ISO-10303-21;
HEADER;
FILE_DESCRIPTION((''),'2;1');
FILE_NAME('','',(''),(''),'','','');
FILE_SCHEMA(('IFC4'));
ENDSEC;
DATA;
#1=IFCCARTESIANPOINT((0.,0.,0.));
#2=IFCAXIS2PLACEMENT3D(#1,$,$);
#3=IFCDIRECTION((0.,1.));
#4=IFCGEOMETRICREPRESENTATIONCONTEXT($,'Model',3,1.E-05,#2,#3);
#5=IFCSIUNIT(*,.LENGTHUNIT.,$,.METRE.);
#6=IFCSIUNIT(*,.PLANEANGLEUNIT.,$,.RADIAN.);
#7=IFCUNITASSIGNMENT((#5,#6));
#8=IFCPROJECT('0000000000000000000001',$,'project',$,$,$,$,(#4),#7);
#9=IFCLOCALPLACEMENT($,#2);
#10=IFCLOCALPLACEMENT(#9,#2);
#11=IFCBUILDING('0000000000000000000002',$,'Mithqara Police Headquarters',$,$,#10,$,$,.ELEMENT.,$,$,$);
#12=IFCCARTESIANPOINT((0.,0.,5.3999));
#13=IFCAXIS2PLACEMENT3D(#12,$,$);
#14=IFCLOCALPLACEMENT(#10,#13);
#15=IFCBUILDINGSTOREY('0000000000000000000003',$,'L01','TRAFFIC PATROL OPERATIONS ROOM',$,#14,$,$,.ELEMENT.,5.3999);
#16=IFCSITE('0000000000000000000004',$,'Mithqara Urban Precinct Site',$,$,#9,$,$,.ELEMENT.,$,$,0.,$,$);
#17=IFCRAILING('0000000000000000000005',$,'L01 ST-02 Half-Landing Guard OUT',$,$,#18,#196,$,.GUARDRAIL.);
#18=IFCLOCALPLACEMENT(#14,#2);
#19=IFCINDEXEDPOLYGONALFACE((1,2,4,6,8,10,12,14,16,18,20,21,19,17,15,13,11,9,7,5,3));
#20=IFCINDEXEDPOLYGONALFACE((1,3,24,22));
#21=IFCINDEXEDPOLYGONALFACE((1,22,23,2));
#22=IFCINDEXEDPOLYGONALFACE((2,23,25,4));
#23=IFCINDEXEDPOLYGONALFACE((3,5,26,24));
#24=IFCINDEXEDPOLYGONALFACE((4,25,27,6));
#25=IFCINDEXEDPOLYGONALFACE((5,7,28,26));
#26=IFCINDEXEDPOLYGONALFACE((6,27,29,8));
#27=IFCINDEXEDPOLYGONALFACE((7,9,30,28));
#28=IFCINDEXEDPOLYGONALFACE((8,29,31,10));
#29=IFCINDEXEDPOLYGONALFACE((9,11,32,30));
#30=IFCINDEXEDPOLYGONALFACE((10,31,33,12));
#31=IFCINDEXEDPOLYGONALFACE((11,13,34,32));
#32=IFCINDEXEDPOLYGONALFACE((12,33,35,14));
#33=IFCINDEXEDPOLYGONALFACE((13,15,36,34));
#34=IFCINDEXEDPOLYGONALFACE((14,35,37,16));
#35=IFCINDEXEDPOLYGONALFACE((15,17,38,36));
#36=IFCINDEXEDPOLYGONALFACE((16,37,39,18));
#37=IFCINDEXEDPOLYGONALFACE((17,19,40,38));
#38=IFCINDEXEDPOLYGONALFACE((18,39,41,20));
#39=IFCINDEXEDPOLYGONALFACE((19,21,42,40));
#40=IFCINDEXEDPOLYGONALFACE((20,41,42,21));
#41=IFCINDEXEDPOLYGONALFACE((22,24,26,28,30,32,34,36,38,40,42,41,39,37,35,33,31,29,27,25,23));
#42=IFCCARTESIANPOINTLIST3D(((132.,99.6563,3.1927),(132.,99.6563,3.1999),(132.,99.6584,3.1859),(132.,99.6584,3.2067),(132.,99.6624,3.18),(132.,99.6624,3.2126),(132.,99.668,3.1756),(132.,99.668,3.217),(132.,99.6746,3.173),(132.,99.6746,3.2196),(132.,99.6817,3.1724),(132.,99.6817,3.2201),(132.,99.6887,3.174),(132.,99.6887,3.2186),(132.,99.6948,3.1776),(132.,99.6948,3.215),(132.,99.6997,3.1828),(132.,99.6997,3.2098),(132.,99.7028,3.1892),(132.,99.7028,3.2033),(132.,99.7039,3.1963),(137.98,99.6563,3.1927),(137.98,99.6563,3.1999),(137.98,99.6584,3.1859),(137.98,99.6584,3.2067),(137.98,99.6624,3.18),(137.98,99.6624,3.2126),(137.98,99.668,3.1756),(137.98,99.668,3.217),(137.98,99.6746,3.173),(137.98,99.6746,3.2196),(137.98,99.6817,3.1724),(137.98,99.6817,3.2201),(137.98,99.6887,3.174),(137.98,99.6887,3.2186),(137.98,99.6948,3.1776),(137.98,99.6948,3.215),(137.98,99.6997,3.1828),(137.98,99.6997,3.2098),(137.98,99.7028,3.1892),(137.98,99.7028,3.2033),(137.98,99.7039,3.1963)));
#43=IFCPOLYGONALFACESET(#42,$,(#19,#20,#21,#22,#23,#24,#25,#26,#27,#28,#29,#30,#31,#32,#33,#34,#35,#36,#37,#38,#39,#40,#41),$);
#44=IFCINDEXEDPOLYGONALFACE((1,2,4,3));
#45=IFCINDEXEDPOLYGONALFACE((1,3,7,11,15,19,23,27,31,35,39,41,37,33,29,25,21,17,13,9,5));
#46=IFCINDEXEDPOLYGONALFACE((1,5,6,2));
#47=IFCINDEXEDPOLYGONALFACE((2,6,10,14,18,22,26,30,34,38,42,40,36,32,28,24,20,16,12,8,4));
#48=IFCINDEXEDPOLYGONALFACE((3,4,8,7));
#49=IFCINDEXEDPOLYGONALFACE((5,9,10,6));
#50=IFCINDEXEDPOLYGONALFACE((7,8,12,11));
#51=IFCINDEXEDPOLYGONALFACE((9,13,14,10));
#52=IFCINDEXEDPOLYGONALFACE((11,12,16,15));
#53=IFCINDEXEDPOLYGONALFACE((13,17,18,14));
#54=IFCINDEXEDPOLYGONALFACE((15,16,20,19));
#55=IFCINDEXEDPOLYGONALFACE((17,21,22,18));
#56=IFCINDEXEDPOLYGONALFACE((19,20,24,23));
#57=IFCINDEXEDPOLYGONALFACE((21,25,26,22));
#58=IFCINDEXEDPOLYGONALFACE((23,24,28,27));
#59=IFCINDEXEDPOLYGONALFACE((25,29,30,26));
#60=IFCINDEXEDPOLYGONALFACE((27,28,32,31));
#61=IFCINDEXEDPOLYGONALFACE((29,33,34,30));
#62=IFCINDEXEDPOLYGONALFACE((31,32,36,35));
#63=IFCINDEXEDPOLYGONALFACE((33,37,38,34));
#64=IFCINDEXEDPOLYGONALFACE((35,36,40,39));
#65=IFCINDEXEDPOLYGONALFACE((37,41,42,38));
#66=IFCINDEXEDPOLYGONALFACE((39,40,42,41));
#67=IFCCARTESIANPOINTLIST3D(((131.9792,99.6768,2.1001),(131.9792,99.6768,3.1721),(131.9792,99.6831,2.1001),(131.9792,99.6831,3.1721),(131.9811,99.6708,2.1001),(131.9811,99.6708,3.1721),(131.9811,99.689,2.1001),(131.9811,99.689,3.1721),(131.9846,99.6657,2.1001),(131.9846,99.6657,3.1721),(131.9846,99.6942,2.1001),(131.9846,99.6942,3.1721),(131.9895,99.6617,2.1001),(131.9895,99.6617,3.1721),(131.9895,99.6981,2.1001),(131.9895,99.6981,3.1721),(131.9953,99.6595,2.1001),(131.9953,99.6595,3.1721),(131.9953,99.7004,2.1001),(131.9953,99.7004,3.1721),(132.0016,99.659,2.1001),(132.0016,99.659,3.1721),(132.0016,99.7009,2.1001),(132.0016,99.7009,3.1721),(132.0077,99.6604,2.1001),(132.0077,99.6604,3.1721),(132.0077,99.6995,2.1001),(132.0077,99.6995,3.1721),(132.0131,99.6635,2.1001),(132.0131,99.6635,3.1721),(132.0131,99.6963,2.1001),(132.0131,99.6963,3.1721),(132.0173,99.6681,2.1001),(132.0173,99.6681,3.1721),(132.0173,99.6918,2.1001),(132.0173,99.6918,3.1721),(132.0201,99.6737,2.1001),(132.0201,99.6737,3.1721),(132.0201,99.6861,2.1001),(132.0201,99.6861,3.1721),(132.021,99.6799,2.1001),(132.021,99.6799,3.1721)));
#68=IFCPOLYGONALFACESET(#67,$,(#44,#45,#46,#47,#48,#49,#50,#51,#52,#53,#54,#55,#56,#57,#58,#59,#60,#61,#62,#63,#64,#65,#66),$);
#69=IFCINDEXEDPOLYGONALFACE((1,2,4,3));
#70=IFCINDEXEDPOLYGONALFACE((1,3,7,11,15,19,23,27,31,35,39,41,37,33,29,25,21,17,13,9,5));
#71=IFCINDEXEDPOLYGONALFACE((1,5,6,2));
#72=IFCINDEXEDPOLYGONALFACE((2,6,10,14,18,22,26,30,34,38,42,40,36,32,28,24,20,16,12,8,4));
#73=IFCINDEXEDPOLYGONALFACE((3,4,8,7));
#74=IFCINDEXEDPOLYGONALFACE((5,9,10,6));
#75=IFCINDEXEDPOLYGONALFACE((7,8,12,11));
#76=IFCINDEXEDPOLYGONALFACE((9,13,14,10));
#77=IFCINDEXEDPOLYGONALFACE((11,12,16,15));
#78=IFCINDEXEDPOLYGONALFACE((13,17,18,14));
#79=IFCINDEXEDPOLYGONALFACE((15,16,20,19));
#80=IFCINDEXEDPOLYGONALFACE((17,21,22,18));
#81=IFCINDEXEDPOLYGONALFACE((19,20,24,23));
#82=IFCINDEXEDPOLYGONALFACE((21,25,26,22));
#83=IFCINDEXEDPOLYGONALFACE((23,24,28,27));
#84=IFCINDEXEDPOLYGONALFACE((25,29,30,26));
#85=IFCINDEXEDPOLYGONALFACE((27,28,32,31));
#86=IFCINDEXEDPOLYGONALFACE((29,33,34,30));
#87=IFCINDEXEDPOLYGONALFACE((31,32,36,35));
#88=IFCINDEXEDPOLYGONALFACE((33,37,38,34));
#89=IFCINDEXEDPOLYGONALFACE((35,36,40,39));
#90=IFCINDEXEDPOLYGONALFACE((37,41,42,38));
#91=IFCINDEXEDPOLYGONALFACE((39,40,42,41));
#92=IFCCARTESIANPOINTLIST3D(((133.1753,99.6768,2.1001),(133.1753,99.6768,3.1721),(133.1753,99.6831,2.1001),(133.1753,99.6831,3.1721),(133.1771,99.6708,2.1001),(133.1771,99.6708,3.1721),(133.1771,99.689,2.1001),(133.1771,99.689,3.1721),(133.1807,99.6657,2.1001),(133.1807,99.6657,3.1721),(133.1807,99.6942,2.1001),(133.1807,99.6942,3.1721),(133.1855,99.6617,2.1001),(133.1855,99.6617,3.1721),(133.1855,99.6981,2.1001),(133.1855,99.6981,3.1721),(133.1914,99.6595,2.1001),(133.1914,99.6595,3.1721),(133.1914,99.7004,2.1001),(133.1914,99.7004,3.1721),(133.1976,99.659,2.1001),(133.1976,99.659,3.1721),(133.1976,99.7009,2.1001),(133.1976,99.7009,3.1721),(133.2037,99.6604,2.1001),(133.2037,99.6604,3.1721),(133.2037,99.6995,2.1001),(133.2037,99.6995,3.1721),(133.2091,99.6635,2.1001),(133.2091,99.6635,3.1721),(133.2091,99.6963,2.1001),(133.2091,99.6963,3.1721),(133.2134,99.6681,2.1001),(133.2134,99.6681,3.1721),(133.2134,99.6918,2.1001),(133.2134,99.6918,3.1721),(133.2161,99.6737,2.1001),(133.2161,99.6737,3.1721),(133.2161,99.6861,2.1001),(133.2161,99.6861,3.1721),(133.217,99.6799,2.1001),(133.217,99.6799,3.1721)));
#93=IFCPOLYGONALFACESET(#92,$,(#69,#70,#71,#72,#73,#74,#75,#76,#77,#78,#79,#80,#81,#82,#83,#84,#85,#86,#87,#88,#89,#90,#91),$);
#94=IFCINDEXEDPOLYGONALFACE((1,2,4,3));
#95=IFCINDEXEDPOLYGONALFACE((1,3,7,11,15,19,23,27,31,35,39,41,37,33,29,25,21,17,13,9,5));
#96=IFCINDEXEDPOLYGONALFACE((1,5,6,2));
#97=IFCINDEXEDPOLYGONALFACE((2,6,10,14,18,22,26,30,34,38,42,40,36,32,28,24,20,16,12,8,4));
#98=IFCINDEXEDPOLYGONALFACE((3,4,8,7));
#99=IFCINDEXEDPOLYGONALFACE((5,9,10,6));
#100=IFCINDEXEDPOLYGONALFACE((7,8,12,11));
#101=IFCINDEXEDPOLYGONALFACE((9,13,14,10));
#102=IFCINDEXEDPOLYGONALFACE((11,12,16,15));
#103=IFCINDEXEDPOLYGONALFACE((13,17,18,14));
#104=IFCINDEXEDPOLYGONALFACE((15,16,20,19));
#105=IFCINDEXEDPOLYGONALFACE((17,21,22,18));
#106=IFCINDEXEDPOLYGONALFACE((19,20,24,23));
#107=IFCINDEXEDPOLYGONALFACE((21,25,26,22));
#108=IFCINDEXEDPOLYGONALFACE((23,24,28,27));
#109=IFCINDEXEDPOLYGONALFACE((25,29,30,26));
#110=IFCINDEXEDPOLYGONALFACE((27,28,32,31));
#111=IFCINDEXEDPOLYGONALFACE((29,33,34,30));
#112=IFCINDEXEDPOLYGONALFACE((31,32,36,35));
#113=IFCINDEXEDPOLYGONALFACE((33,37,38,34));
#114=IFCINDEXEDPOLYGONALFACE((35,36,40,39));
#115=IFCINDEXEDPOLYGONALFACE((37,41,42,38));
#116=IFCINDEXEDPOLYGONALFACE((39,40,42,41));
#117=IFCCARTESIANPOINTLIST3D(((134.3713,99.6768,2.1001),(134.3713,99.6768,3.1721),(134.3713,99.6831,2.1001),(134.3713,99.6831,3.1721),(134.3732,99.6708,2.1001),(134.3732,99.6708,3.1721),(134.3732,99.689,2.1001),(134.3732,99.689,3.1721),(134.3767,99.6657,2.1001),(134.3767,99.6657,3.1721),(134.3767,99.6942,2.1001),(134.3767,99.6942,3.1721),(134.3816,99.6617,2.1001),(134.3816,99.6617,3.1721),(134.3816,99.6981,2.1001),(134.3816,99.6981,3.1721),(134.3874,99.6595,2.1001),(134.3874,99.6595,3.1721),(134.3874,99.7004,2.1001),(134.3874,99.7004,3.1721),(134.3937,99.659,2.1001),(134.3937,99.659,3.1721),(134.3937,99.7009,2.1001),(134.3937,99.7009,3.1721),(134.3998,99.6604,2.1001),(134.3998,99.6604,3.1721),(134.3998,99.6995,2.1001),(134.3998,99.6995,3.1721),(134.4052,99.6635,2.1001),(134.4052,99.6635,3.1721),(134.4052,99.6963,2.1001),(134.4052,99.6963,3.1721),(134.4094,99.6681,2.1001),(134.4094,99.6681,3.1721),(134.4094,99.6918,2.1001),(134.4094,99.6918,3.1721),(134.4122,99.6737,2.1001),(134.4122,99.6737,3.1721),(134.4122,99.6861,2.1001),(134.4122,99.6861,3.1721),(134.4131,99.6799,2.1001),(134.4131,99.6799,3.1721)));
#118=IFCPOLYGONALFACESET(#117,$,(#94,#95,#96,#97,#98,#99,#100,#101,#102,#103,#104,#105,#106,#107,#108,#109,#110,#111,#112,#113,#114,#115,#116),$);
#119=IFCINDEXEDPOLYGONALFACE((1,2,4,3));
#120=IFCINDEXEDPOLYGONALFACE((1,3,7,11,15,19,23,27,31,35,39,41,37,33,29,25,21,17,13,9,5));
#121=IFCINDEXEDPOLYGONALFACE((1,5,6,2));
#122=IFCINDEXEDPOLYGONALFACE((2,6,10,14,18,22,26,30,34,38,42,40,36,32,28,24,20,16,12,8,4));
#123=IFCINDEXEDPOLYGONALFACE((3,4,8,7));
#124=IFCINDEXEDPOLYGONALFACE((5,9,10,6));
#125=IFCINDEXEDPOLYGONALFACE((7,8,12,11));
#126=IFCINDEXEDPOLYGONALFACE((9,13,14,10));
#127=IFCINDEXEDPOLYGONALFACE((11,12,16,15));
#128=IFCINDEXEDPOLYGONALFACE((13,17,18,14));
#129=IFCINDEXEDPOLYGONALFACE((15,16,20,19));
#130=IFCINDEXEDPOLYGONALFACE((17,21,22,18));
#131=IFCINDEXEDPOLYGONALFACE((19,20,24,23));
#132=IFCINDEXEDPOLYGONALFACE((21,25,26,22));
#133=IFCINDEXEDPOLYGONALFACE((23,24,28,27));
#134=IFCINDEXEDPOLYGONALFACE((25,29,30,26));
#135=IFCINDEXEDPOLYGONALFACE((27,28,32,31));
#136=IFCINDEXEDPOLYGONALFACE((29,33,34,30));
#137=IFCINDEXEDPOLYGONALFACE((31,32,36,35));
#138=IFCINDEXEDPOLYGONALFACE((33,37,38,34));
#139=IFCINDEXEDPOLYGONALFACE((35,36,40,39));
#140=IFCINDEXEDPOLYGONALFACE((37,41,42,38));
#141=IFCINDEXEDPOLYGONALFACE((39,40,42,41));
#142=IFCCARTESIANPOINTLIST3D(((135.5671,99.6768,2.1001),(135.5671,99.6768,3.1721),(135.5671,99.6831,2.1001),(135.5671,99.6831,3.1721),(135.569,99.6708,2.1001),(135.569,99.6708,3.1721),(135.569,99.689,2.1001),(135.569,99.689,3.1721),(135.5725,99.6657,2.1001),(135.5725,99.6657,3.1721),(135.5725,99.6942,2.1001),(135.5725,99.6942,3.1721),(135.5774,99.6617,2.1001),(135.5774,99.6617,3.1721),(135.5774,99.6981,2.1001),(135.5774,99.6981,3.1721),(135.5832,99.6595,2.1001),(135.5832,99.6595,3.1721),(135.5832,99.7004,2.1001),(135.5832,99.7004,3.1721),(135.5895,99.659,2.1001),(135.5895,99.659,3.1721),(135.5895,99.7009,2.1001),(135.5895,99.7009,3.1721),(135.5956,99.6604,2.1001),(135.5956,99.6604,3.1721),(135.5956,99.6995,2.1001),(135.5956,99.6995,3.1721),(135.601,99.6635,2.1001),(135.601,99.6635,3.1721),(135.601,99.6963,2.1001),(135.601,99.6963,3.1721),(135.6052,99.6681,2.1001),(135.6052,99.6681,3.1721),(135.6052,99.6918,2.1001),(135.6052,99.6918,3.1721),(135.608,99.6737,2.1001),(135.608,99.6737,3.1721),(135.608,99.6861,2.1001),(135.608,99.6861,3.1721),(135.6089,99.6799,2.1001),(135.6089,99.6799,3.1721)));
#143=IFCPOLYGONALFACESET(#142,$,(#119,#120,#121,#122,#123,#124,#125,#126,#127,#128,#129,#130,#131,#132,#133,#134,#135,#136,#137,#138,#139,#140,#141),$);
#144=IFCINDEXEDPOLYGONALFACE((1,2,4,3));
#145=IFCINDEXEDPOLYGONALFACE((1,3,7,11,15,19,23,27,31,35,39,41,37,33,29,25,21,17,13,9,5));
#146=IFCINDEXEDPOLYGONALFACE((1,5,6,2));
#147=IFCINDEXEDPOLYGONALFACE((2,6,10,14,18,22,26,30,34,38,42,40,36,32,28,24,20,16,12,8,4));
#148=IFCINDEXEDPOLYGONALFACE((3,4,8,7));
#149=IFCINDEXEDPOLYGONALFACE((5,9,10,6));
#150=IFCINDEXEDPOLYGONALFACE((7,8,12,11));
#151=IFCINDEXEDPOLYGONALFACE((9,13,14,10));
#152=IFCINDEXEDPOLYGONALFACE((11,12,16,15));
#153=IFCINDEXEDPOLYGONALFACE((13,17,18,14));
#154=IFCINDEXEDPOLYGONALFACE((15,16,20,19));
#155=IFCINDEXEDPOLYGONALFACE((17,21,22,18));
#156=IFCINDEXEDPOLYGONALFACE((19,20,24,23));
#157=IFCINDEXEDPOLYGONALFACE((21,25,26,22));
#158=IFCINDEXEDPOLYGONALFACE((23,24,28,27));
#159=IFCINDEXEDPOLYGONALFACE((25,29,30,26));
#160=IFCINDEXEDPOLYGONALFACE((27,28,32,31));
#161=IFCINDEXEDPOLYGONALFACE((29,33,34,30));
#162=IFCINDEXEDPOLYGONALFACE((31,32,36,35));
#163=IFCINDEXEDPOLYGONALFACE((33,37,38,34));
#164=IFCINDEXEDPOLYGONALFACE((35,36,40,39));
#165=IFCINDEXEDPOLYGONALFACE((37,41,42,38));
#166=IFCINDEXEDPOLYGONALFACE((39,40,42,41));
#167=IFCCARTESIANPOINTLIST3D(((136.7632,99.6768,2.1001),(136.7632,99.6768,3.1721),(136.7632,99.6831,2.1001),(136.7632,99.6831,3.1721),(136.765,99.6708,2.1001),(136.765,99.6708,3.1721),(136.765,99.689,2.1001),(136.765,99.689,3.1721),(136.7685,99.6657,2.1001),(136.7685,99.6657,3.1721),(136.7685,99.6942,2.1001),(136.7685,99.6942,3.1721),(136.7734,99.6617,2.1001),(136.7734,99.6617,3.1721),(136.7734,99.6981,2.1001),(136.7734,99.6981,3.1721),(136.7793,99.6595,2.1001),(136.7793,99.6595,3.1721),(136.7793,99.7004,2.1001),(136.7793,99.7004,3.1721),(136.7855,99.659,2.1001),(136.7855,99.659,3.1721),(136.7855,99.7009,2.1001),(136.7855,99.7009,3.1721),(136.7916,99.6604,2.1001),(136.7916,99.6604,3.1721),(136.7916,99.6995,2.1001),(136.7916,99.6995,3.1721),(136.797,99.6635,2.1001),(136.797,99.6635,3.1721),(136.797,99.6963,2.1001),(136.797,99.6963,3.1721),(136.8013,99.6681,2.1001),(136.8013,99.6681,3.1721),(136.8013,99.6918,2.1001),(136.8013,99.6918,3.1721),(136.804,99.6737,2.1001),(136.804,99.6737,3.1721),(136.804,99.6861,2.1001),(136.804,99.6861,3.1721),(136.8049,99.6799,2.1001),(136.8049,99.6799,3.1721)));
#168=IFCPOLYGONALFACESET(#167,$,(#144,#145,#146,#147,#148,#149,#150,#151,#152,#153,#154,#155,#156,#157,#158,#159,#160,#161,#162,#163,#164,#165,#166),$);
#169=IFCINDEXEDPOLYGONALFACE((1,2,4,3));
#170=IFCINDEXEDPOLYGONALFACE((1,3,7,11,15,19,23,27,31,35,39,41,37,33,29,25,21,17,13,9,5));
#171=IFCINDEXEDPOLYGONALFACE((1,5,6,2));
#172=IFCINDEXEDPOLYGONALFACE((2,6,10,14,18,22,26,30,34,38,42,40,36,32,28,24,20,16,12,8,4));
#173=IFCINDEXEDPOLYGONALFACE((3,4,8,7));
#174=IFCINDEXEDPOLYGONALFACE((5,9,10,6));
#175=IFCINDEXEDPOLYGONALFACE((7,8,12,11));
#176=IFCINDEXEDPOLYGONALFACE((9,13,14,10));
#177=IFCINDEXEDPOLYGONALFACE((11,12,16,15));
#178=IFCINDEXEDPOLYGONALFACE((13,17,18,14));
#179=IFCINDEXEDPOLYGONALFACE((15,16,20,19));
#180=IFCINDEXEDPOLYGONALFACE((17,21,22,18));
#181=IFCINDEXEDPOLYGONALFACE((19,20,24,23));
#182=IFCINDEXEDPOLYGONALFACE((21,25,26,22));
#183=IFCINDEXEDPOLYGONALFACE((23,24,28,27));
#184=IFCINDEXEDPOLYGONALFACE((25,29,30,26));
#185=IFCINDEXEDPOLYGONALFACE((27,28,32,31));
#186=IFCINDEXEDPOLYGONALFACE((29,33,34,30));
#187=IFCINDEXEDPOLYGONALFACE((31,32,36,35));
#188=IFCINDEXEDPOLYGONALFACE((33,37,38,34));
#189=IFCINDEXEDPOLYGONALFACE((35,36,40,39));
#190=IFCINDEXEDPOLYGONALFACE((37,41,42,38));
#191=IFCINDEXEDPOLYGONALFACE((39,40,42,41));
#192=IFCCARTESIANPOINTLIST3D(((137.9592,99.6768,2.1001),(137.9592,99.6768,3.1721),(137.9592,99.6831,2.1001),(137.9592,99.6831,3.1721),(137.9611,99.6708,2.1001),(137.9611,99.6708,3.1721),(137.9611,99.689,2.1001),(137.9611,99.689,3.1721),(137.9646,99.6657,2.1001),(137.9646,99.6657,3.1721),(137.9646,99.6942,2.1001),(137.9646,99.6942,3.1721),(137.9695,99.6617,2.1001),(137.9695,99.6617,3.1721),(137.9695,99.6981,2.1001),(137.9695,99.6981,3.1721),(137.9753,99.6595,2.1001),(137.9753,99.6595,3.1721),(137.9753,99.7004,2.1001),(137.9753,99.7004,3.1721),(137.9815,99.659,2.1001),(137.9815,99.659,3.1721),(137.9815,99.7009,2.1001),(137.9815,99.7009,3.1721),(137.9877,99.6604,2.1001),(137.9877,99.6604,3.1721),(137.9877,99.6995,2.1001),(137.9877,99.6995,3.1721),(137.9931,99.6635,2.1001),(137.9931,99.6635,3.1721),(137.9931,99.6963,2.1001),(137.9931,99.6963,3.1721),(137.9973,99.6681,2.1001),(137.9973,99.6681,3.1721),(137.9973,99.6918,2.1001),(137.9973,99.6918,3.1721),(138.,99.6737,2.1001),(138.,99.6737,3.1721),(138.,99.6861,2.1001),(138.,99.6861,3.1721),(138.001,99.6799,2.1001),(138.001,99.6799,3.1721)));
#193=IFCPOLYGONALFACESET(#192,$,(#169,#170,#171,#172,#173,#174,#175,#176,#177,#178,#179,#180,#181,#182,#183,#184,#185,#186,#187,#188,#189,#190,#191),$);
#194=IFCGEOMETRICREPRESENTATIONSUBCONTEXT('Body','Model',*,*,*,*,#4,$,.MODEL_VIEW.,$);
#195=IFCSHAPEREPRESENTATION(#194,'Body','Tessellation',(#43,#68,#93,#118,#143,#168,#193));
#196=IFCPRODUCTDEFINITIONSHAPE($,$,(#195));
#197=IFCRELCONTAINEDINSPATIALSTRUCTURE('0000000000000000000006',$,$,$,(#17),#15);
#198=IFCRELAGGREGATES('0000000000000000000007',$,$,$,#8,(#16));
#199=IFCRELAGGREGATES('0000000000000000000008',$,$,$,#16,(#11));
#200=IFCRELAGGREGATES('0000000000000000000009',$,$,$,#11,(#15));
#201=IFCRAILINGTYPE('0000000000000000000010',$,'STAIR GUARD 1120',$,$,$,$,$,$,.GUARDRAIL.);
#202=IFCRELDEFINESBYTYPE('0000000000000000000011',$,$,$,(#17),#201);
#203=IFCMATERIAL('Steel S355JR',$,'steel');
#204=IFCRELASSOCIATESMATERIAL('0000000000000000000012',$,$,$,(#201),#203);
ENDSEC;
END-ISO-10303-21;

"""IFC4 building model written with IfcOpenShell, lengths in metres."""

from ifc_helpers import new_model, si_unit, direction, frame, origin, origin_2d, place, context, subcontext, project, spatial, circle, extrude, material, type_object, element, save


model = new_model("IFC4")

# Units and contexts
model_context = context("Model", 3, precision=1e-05, world=origin(), true_north=direction((0.0, 1.0)))
body_context = subcontext(model_context, "Body", "Model", "MODEL_VIEW")
ifc_project = project(units=[si_unit("LENGTHUNIT", "METRE"), si_unit("PLANEANGLEUNIT", "RADIAN")], contexts=[model_context])

# Site, building, storey
site_placement = place(None, origin())
site = spatial("IfcSite", under=ifc_project, at=site_placement, Name="Mithqara Urban Precinct Site", CompositionType="ELEMENT", RefElevation=0.0)
building_placement = place(site_placement, origin())
building = spatial("IfcBuilding", under=site, at=building_placement, Name="Mithqara Police Headquarters", CompositionType="ELEMENT")
storey_placement = place(building_placement, frame((0.0, 0.0, 5.3999)))
storey = spatial("IfcBuildingStorey", under=building, at=storey_placement, Name="L01", Description="TRAFFIC PATROL OPERATIONS ROOM", CompositionType="ELEMENT", Elevation=5.3999)

# Shared definitions
ifc_material_1 = material(Name="Steel S355JR", Category="steel")

# Railing
railing_type_1 = type_object("IfcRailingType", Name="STAIR GUARD 1120", PredefinedType="GUARDRAIL", material=ifc_material_1)
for number, where, name in (
    (1, (132.0, 99.6799, 2.1001), "L01 ST-02 Half-Landing Guard OUT"),
):
    element("IfcRailing", number, at=place(storey_placement, frame(where)), inside=storey, type_object=railing_type_1, Name=name, PredefinedType="GUARDRAIL", context=body_context, shape_type="SweptSolid", body=[
        extrude(circle(Radius=0.0239, at=origin_2d()), frame((0.0, 0.0, 1.0962), z_axis=(1.0, 0.0, 0.0), x_axis=(0.0, 1.0, 0.0)), (0.0, 0.0, 1.0), 5.98),
        extrude(circle(Radius=0.021, at=origin_2d()), origin(), (0.0, 0.0, 1.0), 1.072),
        extrude(circle(Radius=0.021, at=origin_2d()), frame((1.196, 0.0, 0.0)), (0.0, 0.0, 1.0), 1.072),
        extrude(circle(Radius=0.021, at=origin_2d()), frame((2.3921, 0.0, 0.0)), (0.0, 0.0, 1.0), 1.072),
        extrude(circle(Radius=0.021, at=origin_2d()), frame((3.5879, 0.0, 0.0)), (0.0, 0.0, 1.0), 1.072),
        extrude(circle(Radius=0.021, at=origin_2d()), frame((4.7839, 0.0, 0.0)), (0.0, 0.0, 1.0), 1.072),
        extrude(circle(Radius=0.021, at=origin_2d()), frame((5.98, 0.0, 0.0)), (0.0, 0.0, 1.0), 1.072),
    ])

save(model, "model.ifc")
